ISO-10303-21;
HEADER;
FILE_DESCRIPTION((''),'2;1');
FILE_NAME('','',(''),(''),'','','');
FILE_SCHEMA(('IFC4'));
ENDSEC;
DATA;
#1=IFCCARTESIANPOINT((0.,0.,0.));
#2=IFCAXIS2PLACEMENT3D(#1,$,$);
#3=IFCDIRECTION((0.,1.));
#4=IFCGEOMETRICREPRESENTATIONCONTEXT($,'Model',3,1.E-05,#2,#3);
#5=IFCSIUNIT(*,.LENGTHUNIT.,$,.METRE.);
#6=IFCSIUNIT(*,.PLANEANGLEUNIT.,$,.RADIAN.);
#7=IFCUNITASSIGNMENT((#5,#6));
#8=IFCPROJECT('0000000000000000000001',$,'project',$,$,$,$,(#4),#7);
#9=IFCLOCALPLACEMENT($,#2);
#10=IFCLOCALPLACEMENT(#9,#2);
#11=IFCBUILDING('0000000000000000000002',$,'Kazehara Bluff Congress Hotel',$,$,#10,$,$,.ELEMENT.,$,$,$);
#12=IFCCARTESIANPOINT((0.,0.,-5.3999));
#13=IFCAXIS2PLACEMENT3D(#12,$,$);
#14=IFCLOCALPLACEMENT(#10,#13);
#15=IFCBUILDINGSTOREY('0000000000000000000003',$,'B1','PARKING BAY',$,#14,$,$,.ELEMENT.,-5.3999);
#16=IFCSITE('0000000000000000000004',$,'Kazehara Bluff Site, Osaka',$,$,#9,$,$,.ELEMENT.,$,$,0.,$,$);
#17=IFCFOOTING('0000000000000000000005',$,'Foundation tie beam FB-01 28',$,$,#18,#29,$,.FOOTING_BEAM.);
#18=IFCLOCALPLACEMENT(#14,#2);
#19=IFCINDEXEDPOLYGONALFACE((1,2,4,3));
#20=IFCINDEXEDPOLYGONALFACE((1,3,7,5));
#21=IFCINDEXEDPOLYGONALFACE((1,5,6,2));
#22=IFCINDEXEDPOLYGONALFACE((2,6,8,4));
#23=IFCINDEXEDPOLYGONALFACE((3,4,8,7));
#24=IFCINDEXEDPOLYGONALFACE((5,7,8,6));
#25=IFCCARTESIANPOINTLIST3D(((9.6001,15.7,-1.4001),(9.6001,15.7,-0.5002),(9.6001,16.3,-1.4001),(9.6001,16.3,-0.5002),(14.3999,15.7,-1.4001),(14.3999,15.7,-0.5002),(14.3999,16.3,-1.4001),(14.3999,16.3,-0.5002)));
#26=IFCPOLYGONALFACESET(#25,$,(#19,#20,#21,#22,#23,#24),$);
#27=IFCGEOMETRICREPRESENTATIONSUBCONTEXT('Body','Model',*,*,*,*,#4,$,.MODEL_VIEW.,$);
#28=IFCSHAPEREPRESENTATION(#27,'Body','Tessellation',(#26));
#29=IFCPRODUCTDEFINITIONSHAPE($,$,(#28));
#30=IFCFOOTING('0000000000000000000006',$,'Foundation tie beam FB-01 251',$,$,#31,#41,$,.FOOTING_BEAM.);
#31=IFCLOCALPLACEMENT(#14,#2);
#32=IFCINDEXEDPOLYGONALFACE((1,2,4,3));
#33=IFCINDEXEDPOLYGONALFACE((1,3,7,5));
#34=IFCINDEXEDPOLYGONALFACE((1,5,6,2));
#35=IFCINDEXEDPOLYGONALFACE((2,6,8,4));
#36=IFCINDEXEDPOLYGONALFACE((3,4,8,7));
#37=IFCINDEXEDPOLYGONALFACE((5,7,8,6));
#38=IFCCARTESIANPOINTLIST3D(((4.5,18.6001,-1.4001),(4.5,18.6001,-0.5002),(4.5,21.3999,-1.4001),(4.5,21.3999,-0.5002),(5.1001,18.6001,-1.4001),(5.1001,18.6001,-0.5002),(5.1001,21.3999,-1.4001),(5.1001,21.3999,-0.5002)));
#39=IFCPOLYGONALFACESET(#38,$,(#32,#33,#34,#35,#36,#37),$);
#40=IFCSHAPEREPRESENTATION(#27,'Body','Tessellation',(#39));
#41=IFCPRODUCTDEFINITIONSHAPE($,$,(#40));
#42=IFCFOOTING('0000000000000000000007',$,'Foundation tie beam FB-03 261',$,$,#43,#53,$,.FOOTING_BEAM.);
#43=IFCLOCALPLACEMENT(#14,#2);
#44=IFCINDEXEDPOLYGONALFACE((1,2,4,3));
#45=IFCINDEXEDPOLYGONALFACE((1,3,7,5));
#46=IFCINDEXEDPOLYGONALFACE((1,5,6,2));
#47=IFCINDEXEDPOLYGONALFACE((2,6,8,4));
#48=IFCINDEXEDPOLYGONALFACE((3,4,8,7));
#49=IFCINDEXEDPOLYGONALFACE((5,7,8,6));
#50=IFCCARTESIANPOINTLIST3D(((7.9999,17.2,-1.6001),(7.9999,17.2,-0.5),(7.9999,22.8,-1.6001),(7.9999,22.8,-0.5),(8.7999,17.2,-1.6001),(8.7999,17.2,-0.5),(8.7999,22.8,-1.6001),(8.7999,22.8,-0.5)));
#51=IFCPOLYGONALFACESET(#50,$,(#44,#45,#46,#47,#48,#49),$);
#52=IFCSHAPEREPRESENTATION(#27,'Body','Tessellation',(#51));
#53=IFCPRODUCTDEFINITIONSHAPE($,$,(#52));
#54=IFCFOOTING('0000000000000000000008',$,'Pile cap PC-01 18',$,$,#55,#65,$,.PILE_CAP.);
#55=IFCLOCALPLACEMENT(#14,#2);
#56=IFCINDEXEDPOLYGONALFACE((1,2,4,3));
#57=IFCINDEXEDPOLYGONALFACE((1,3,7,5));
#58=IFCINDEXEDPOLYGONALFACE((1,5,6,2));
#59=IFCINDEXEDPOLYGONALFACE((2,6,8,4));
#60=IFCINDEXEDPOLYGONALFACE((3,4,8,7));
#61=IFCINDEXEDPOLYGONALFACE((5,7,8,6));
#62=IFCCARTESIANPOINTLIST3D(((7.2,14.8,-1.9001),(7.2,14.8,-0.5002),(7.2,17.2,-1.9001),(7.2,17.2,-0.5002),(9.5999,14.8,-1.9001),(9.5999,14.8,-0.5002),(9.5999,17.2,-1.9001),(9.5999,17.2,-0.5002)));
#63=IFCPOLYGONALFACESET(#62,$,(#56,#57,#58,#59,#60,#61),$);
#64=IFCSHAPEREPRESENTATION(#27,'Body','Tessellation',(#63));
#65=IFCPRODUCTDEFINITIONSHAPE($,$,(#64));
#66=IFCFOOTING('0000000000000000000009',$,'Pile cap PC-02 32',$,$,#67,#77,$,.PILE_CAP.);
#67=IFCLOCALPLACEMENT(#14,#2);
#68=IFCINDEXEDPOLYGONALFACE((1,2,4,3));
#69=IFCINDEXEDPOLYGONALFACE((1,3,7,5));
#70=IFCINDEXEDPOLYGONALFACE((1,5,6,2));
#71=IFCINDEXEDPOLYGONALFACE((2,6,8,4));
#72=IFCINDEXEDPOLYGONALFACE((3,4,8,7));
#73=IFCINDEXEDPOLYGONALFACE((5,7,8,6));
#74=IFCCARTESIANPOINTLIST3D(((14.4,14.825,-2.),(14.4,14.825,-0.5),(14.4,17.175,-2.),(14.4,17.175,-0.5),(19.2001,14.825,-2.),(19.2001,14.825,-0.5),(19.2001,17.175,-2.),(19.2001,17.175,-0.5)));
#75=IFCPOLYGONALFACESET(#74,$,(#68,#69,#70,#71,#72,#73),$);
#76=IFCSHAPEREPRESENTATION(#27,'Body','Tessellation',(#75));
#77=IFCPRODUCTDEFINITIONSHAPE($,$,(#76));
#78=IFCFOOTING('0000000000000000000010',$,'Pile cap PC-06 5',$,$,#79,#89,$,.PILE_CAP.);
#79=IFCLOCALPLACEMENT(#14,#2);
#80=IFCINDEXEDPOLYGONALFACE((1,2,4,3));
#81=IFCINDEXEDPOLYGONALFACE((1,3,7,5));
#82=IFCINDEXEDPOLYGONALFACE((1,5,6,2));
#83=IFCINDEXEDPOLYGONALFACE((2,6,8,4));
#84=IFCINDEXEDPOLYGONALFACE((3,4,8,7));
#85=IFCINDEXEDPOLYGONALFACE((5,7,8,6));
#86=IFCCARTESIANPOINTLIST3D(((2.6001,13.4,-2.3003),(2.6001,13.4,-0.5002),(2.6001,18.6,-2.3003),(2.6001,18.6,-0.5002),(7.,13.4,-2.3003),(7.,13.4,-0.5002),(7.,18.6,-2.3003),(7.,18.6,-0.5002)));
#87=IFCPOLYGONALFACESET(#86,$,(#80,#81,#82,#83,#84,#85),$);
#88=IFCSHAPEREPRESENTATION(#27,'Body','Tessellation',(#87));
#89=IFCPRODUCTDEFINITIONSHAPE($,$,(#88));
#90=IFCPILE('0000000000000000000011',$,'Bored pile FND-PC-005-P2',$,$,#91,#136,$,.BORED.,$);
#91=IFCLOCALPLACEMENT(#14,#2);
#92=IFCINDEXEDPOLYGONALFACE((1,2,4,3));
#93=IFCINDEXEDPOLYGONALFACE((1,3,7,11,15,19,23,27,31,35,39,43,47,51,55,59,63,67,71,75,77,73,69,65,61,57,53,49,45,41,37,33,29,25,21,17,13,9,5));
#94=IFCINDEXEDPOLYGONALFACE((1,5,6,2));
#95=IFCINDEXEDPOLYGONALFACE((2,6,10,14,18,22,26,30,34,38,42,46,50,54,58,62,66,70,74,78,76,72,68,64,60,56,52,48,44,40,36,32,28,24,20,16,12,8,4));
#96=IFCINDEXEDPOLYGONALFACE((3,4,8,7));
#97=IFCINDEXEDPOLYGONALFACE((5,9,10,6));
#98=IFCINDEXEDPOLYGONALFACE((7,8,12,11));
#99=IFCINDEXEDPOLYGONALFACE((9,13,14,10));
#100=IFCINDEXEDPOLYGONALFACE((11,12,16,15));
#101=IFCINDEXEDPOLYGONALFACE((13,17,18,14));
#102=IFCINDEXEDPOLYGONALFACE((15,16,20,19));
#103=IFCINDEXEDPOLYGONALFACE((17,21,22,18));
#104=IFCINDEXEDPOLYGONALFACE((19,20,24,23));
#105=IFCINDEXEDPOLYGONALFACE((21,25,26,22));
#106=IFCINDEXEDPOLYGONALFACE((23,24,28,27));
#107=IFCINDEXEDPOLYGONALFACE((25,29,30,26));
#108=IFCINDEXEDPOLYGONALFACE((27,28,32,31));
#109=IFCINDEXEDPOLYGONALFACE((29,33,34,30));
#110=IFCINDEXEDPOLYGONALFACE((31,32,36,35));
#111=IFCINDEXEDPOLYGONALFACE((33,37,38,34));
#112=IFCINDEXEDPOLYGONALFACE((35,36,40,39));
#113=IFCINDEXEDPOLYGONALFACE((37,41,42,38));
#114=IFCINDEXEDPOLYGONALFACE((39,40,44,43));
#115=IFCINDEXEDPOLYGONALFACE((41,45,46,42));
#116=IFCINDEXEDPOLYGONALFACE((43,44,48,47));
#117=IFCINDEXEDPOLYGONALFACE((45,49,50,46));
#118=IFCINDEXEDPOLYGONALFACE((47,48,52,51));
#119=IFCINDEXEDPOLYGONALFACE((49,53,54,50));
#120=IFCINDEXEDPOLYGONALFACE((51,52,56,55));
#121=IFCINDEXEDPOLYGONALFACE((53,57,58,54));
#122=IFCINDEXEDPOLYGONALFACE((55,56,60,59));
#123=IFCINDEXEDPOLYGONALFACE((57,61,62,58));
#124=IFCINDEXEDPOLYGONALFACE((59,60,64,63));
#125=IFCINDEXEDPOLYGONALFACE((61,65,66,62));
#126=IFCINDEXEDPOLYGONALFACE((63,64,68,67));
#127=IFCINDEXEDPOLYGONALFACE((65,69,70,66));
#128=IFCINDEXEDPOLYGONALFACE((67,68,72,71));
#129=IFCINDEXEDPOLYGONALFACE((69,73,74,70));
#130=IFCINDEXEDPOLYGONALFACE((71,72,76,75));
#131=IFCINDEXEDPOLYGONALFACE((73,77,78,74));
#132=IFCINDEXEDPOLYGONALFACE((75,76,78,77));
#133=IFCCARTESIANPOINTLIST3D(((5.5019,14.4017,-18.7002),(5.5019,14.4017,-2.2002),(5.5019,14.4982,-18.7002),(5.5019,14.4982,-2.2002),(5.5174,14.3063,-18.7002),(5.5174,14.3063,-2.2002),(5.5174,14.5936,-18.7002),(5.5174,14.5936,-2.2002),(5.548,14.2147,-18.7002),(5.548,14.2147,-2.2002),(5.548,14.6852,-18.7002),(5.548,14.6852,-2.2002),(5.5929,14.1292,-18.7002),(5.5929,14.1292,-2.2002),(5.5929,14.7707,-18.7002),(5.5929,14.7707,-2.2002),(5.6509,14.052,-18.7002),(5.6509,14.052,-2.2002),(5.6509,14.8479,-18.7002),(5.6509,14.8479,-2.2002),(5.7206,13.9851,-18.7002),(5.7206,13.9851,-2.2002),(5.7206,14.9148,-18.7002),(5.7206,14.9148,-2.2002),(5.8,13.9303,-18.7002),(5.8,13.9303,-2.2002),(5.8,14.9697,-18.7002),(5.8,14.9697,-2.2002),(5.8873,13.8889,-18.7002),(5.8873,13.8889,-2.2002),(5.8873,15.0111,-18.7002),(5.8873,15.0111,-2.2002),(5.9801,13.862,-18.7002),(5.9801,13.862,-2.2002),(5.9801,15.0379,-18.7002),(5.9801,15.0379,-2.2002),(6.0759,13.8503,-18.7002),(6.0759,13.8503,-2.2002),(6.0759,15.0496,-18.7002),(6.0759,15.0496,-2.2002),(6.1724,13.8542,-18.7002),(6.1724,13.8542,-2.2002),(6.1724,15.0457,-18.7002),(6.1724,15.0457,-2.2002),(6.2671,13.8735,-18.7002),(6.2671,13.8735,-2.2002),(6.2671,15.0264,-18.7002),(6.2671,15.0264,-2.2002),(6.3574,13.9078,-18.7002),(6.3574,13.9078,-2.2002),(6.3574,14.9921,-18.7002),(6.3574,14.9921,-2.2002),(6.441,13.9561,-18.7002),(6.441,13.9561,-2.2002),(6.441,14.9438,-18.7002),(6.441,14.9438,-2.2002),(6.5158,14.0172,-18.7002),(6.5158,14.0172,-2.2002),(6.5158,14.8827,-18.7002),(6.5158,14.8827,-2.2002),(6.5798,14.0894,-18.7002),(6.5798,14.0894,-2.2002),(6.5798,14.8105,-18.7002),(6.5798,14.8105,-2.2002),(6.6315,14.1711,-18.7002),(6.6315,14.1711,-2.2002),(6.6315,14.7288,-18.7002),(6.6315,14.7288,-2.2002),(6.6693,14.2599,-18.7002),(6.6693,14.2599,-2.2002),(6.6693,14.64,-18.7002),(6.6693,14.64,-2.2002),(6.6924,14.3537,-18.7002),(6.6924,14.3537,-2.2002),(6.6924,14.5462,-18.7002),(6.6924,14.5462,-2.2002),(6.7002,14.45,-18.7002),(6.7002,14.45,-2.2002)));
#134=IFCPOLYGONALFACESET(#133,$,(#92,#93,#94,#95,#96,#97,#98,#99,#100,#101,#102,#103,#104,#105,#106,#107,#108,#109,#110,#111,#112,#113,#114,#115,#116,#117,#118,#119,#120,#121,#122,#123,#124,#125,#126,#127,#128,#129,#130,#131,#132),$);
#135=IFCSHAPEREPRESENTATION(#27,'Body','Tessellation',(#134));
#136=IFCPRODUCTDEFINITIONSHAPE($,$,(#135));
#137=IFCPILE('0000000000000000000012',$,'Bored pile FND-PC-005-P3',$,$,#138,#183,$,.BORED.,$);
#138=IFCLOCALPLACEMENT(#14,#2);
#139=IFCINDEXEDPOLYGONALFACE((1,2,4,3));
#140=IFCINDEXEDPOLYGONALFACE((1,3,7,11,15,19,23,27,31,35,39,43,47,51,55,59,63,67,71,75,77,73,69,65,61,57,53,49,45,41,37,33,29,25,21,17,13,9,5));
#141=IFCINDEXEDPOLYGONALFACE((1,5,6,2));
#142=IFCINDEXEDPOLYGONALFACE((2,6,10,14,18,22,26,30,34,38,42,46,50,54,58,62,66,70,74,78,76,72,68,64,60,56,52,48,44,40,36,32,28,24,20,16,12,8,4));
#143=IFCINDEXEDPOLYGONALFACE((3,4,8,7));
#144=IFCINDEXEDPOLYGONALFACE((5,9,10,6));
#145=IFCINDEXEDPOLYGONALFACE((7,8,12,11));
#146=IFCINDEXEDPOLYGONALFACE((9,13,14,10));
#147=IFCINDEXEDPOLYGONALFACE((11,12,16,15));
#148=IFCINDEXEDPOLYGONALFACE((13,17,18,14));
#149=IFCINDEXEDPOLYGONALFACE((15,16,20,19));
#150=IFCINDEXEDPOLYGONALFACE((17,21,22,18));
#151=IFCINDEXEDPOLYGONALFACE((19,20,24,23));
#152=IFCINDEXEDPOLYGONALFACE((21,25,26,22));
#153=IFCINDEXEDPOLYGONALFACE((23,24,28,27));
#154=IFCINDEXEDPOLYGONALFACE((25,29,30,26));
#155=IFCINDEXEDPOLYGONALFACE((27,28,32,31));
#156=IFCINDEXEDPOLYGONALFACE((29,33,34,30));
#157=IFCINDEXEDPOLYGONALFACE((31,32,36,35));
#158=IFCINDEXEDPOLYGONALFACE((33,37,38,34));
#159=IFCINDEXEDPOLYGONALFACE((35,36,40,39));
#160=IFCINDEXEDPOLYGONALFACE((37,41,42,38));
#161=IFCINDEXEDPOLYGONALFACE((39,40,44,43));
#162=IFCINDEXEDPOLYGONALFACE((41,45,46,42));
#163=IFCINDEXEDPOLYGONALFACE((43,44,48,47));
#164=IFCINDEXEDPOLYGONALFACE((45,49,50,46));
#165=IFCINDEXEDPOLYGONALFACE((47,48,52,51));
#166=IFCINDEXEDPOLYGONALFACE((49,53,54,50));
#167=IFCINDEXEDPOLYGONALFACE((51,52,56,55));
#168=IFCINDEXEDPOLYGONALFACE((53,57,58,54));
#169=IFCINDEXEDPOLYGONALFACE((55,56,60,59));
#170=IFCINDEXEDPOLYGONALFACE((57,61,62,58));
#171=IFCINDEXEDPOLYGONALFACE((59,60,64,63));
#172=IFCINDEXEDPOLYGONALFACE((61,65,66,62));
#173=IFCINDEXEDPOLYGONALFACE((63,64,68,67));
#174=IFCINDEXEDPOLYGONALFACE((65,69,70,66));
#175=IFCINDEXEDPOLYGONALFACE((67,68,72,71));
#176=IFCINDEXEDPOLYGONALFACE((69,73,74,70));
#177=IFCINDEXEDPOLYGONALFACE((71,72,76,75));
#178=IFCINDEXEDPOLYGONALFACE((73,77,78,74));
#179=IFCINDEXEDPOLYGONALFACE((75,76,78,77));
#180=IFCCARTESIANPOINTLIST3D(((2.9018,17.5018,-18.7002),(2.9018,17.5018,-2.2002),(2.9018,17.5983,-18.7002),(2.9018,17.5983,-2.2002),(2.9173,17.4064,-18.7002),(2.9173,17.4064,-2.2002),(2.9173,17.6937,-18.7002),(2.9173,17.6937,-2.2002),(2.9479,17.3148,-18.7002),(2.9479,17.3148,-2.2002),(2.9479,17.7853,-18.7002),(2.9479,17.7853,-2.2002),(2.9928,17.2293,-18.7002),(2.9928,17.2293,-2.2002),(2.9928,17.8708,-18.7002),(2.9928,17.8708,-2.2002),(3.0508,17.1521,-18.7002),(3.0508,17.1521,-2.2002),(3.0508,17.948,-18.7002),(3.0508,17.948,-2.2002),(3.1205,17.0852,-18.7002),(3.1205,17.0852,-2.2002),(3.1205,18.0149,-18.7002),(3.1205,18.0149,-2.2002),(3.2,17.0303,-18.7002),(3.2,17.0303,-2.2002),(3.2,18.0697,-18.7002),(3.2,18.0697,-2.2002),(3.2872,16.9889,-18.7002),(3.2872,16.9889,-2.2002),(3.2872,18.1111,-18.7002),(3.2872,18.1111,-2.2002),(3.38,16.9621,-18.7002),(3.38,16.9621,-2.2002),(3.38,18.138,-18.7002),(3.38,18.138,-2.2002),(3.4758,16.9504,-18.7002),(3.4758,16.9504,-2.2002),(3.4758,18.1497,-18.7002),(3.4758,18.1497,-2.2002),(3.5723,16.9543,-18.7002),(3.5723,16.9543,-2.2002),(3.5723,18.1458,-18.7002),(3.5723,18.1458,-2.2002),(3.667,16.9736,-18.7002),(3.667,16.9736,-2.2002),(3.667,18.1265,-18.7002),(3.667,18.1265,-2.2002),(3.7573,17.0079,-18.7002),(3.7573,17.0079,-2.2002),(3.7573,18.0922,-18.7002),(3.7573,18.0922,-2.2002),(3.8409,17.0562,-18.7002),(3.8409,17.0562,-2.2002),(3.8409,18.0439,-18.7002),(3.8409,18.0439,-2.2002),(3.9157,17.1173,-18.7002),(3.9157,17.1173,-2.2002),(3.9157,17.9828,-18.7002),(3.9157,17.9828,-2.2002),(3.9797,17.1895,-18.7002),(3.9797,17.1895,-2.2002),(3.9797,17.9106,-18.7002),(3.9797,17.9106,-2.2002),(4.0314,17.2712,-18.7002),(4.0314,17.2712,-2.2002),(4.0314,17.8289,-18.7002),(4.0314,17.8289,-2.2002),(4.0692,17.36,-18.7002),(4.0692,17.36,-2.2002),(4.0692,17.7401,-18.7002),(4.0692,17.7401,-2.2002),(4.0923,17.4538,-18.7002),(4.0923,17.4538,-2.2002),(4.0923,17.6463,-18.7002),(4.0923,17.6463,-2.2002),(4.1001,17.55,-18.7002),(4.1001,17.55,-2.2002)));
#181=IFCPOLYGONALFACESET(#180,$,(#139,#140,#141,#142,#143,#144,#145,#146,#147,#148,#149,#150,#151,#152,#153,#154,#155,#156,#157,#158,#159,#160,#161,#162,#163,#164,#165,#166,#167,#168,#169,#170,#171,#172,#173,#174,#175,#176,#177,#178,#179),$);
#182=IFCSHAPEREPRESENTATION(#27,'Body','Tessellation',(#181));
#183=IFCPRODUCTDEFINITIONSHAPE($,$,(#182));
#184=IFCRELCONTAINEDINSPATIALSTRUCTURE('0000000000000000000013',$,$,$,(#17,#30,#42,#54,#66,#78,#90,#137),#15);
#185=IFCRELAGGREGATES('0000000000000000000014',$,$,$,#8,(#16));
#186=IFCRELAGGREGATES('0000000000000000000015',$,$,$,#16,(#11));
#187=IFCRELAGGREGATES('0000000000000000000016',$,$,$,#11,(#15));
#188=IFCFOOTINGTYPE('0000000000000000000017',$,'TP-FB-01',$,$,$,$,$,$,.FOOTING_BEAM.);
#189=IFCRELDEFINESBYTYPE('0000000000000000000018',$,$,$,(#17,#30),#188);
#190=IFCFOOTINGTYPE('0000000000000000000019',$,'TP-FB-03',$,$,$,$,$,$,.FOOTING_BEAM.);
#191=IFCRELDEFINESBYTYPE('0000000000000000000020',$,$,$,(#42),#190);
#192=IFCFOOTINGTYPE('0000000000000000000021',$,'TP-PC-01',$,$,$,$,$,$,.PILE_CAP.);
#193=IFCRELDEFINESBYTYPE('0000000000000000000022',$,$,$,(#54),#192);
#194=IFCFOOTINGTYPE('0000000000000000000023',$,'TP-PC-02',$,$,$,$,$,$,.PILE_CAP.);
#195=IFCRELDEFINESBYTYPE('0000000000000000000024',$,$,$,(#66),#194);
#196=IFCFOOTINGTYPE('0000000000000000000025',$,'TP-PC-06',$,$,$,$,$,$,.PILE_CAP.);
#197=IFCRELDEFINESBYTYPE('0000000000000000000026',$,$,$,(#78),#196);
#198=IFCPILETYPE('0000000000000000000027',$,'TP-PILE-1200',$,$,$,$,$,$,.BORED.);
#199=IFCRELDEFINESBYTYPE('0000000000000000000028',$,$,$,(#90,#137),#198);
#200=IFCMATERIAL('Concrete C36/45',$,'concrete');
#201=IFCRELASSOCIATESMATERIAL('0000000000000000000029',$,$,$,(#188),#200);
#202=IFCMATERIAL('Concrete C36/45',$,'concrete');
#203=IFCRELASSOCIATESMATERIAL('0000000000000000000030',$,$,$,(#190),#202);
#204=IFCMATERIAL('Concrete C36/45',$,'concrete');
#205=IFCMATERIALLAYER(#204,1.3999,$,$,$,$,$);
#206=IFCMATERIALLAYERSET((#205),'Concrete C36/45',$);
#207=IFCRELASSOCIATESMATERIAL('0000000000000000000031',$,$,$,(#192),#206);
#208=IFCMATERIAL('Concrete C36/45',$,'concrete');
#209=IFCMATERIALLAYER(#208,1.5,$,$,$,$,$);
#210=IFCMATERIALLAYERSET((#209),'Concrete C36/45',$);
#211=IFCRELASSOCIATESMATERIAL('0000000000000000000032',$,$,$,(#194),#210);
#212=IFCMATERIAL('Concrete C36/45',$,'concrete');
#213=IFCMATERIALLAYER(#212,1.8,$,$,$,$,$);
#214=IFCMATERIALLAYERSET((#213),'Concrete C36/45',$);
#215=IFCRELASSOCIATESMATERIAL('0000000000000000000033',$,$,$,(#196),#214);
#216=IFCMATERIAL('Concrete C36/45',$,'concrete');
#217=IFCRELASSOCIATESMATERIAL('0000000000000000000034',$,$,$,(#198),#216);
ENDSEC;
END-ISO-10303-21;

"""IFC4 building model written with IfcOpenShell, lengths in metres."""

from ifc_helpers import new_model, si_unit, direction, frame, origin, origin_2d, place, context, subcontext, project, spatial, rectangle, circle, extrude, material, layer, layer_set, material_profile, profile_set, type_object, element, save


model = new_model("IFC4")

# Units and contexts
model_context = context("Model", 3, precision=1e-05, world=origin(), true_north=direction((0.0, 1.0)))
body_context = subcontext(model_context, "Body", "Model", "MODEL_VIEW")
ifc_project = project(units=[si_unit("LENGTHUNIT", "METRE"), si_unit("PLANEANGLEUNIT", "RADIAN")], contexts=[model_context])

# Site, building, storey
site_placement = place(None, origin())
site = spatial("IfcSite", under=ifc_project, at=site_placement, Name="Kazehara Bluff Site, Osaka", CompositionType="ELEMENT", RefElevation=0.0)
building_placement = place(site_placement, origin())
building = spatial("IfcBuilding", under=site, at=building_placement, Name="Kazehara Bluff Congress Hotel", CompositionType="ELEMENT")
storey_placement = place(building_placement, frame((0.0, 0.0, -5.3999)))
storey = spatial("IfcBuildingStorey", under=building, at=storey_placement, Name="B1", Description="PARKING BAY", CompositionType="ELEMENT", Elevation=-5.3999)

# Footings
ifc_material_1 = material(Name="Concrete C36/45", Category="concrete")
ifc_material_profile_1 = material_profile(ifc_material_1, rectangle(XDim=0.6001, YDim=0.8999, at=origin_2d()))
ifc_profile_set_1 = profile_set([ifc_material_profile_1], Name="Concrete C36/45")
footing_type_1 = type_object("IfcFootingType", Name="TP-FB-01", PredefinedType="FOOTING_BEAM", material=ifc_profile_set_1)
footing_1_placement = place(storey_placement, frame((9.6001, 16.0, -0.9502), z_axis=(1.0, 0.0, 0.0), x_axis=(0.0, 1.0, 0.0)))
element("IfcFooting", 1, at=footing_1_placement, inside=storey, type_object=footing_type_1, Name="Foundation tie beam FB-01 28", PredefinedType="FOOTING_BEAM", context=body_context, shape_type="SweptSolid", body=[
    extrude(rectangle(XDim=0.6001, YDim=0.8999, at=origin_2d()), origin(), (0.0, 0.0, 1.0), 4.7998),
])
footing_2_placement = place(storey_placement, frame((4.8, 18.6001, -0.9502), z_axis=(0.0, 1.0, 0.0), x_axis=(-1.0, 0.0, 0.0)))
element("IfcFooting", 2, at=footing_2_placement, inside=storey, type_object=footing_type_1, Name="Foundation tie beam FB-01 251", PredefinedType="FOOTING_BEAM", context=body_context, shape_type="SweptSolid", body=[
    extrude(rectangle(XDim=0.6001, YDim=0.8999, at=origin_2d()), origin(), (0.0, 0.0, 1.0), 2.7998),
])
ifc_material_2 = material(Name="Concrete C36/45", Category="concrete")
ifc_material_profile_2 = material_profile(ifc_material_2, rectangle(XDim=0.8, YDim=1.1001, at=origin_2d()))
ifc_profile_set_2 = profile_set([ifc_material_profile_2], Name="Concrete C36/45")
footing_type_2 = type_object("IfcFootingType", Name="TP-FB-03", PredefinedType="FOOTING_BEAM", material=ifc_profile_set_2)
footing_3_placement = place(storey_placement, frame((8.3999, 17.2, -1.05), z_axis=(0.0, 1.0, 0.0), x_axis=(-1.0, 0.0, 0.0)))
element("IfcFooting", 3, at=footing_3_placement, inside=storey, type_object=footing_type_2, Name="Foundation tie beam FB-03 261", PredefinedType="FOOTING_BEAM", context=body_context, shape_type="SweptSolid", body=[
    extrude(rectangle(XDim=0.8, YDim=1.1001, at=origin_2d()), origin(), (0.0, 0.0, 1.0), 5.6001),
])
ifc_material_3 = material(Name="Concrete C36/45", Category="concrete")
ifc_layer_1 = layer(ifc_material_3, 1.3999)
ifc_layer_set_1 = layer_set([ifc_layer_1], Name="Concrete C36/45")
footing_type_3 = type_object("IfcFootingType", Name="TP-PC-01", PredefinedType="PILE_CAP", material=ifc_layer_set_1)
footing_4_placement = place(storey_placement, frame((8.3999, 16.0, -1.9001), z_axis=(0.0, 0.0, 1.0), x_axis=(1.0, 0.0, 0.0)))
element("IfcFooting", 4, at=footing_4_placement, inside=storey, type_object=footing_type_3, Name="Pile cap PC-01 18", PredefinedType="PILE_CAP", context=body_context, shape_type="SweptSolid", body=[
    extrude(rectangle(XDim=2.3999, YDim=2.3999, at=origin_2d()), origin(), (0.0, 0.0, 1.0), 1.3999),
])
ifc_material_4 = material(Name="Concrete C36/45", Category="concrete")
ifc_layer_2 = layer(ifc_material_4, 1.5)
ifc_layer_set_2 = layer_set([ifc_layer_2], Name="Concrete C36/45")
footing_type_4 = type_object("IfcFootingType", Name="TP-PC-02", PredefinedType="PILE_CAP", material=ifc_layer_set_2)
footing_5_placement = place(storey_placement, frame((16.8, 16.0, -2.0), z_axis=(0.0, 0.0, 1.0), x_axis=(1.0, 0.0, 0.0)))
element("IfcFooting", 5, at=footing_5_placement, inside=storey, type_object=footing_type_4, Name="Pile cap PC-02 32", PredefinedType="PILE_CAP", context=body_context, shape_type="SweptSolid", body=[
    extrude(rectangle(XDim=4.8, YDim=2.3501, at=origin_2d()), origin(), (0.0, 0.0, 1.0), 1.5),
])
ifc_material_5 = material(Name="Concrete C36/45", Category="concrete")
ifc_layer_3 = layer(ifc_material_5, 1.8)
ifc_layer_set_3 = layer_set([ifc_layer_3], Name="Concrete C36/45")
footing_type_5 = type_object("IfcFootingType", Name="TP-PC-06", PredefinedType="PILE_CAP", material=ifc_layer_set_3)
footing_6_placement = place(storey_placement, frame((4.8, 16.0, -2.3003), z_axis=(0.0, 0.0, 1.0), x_axis=(1.0, 0.0, 0.0)))
element("IfcFooting", 6, at=footing_6_placement, inside=storey, type_object=footing_type_5, Name="Pile cap PC-06 5", PredefinedType="PILE_CAP", context=body_context, shape_type="SweptSolid", body=[
    extrude(rectangle(XDim=4.3999, YDim=5.2, at=origin_2d()), origin(), (0.0, 0.0, 1.0), 1.8),
])

# Piles
ifc_material_6 = material(Name="Concrete C36/45", Category="concrete")
ifc_material_profile_3 = material_profile(ifc_material_6, circle(Radius=0.6001, at=origin_2d()))
ifc_profile_set_3 = profile_set([ifc_material_profile_3], Name="Concrete C36/45")
pile_type = type_object("IfcPileType", Name="TP-PILE-1200", PredefinedType="BORED", material=ifc_profile_set_3)
for number, where, z_axis, x_axis, name in (
    (7, (6.1001, 14.45, -2.2002), (0.0, 0.0, -1.0), (1.0, 0.0, 0.0), "Bored pile FND-PC-005-P2"),
    (8, (3.5, 17.55, -2.2002), (0.0, 0.0, -1.0), (1.0, 0.0, 0.0), "Bored pile FND-PC-005-P3"),
):
    element("IfcPile", number, at=place(storey_placement, frame(where, z_axis=z_axis, x_axis=x_axis)), inside=storey, type_object=pile_type, Name=name, PredefinedType="BORED", context=body_context, shape_type="SweptSolid", body=[
        extrude(circle(Radius=0.6001, at=origin_2d()), origin(), (0.0, 0.0, 1.0), 16.5),
    ])

save(model, "model.ifc")
